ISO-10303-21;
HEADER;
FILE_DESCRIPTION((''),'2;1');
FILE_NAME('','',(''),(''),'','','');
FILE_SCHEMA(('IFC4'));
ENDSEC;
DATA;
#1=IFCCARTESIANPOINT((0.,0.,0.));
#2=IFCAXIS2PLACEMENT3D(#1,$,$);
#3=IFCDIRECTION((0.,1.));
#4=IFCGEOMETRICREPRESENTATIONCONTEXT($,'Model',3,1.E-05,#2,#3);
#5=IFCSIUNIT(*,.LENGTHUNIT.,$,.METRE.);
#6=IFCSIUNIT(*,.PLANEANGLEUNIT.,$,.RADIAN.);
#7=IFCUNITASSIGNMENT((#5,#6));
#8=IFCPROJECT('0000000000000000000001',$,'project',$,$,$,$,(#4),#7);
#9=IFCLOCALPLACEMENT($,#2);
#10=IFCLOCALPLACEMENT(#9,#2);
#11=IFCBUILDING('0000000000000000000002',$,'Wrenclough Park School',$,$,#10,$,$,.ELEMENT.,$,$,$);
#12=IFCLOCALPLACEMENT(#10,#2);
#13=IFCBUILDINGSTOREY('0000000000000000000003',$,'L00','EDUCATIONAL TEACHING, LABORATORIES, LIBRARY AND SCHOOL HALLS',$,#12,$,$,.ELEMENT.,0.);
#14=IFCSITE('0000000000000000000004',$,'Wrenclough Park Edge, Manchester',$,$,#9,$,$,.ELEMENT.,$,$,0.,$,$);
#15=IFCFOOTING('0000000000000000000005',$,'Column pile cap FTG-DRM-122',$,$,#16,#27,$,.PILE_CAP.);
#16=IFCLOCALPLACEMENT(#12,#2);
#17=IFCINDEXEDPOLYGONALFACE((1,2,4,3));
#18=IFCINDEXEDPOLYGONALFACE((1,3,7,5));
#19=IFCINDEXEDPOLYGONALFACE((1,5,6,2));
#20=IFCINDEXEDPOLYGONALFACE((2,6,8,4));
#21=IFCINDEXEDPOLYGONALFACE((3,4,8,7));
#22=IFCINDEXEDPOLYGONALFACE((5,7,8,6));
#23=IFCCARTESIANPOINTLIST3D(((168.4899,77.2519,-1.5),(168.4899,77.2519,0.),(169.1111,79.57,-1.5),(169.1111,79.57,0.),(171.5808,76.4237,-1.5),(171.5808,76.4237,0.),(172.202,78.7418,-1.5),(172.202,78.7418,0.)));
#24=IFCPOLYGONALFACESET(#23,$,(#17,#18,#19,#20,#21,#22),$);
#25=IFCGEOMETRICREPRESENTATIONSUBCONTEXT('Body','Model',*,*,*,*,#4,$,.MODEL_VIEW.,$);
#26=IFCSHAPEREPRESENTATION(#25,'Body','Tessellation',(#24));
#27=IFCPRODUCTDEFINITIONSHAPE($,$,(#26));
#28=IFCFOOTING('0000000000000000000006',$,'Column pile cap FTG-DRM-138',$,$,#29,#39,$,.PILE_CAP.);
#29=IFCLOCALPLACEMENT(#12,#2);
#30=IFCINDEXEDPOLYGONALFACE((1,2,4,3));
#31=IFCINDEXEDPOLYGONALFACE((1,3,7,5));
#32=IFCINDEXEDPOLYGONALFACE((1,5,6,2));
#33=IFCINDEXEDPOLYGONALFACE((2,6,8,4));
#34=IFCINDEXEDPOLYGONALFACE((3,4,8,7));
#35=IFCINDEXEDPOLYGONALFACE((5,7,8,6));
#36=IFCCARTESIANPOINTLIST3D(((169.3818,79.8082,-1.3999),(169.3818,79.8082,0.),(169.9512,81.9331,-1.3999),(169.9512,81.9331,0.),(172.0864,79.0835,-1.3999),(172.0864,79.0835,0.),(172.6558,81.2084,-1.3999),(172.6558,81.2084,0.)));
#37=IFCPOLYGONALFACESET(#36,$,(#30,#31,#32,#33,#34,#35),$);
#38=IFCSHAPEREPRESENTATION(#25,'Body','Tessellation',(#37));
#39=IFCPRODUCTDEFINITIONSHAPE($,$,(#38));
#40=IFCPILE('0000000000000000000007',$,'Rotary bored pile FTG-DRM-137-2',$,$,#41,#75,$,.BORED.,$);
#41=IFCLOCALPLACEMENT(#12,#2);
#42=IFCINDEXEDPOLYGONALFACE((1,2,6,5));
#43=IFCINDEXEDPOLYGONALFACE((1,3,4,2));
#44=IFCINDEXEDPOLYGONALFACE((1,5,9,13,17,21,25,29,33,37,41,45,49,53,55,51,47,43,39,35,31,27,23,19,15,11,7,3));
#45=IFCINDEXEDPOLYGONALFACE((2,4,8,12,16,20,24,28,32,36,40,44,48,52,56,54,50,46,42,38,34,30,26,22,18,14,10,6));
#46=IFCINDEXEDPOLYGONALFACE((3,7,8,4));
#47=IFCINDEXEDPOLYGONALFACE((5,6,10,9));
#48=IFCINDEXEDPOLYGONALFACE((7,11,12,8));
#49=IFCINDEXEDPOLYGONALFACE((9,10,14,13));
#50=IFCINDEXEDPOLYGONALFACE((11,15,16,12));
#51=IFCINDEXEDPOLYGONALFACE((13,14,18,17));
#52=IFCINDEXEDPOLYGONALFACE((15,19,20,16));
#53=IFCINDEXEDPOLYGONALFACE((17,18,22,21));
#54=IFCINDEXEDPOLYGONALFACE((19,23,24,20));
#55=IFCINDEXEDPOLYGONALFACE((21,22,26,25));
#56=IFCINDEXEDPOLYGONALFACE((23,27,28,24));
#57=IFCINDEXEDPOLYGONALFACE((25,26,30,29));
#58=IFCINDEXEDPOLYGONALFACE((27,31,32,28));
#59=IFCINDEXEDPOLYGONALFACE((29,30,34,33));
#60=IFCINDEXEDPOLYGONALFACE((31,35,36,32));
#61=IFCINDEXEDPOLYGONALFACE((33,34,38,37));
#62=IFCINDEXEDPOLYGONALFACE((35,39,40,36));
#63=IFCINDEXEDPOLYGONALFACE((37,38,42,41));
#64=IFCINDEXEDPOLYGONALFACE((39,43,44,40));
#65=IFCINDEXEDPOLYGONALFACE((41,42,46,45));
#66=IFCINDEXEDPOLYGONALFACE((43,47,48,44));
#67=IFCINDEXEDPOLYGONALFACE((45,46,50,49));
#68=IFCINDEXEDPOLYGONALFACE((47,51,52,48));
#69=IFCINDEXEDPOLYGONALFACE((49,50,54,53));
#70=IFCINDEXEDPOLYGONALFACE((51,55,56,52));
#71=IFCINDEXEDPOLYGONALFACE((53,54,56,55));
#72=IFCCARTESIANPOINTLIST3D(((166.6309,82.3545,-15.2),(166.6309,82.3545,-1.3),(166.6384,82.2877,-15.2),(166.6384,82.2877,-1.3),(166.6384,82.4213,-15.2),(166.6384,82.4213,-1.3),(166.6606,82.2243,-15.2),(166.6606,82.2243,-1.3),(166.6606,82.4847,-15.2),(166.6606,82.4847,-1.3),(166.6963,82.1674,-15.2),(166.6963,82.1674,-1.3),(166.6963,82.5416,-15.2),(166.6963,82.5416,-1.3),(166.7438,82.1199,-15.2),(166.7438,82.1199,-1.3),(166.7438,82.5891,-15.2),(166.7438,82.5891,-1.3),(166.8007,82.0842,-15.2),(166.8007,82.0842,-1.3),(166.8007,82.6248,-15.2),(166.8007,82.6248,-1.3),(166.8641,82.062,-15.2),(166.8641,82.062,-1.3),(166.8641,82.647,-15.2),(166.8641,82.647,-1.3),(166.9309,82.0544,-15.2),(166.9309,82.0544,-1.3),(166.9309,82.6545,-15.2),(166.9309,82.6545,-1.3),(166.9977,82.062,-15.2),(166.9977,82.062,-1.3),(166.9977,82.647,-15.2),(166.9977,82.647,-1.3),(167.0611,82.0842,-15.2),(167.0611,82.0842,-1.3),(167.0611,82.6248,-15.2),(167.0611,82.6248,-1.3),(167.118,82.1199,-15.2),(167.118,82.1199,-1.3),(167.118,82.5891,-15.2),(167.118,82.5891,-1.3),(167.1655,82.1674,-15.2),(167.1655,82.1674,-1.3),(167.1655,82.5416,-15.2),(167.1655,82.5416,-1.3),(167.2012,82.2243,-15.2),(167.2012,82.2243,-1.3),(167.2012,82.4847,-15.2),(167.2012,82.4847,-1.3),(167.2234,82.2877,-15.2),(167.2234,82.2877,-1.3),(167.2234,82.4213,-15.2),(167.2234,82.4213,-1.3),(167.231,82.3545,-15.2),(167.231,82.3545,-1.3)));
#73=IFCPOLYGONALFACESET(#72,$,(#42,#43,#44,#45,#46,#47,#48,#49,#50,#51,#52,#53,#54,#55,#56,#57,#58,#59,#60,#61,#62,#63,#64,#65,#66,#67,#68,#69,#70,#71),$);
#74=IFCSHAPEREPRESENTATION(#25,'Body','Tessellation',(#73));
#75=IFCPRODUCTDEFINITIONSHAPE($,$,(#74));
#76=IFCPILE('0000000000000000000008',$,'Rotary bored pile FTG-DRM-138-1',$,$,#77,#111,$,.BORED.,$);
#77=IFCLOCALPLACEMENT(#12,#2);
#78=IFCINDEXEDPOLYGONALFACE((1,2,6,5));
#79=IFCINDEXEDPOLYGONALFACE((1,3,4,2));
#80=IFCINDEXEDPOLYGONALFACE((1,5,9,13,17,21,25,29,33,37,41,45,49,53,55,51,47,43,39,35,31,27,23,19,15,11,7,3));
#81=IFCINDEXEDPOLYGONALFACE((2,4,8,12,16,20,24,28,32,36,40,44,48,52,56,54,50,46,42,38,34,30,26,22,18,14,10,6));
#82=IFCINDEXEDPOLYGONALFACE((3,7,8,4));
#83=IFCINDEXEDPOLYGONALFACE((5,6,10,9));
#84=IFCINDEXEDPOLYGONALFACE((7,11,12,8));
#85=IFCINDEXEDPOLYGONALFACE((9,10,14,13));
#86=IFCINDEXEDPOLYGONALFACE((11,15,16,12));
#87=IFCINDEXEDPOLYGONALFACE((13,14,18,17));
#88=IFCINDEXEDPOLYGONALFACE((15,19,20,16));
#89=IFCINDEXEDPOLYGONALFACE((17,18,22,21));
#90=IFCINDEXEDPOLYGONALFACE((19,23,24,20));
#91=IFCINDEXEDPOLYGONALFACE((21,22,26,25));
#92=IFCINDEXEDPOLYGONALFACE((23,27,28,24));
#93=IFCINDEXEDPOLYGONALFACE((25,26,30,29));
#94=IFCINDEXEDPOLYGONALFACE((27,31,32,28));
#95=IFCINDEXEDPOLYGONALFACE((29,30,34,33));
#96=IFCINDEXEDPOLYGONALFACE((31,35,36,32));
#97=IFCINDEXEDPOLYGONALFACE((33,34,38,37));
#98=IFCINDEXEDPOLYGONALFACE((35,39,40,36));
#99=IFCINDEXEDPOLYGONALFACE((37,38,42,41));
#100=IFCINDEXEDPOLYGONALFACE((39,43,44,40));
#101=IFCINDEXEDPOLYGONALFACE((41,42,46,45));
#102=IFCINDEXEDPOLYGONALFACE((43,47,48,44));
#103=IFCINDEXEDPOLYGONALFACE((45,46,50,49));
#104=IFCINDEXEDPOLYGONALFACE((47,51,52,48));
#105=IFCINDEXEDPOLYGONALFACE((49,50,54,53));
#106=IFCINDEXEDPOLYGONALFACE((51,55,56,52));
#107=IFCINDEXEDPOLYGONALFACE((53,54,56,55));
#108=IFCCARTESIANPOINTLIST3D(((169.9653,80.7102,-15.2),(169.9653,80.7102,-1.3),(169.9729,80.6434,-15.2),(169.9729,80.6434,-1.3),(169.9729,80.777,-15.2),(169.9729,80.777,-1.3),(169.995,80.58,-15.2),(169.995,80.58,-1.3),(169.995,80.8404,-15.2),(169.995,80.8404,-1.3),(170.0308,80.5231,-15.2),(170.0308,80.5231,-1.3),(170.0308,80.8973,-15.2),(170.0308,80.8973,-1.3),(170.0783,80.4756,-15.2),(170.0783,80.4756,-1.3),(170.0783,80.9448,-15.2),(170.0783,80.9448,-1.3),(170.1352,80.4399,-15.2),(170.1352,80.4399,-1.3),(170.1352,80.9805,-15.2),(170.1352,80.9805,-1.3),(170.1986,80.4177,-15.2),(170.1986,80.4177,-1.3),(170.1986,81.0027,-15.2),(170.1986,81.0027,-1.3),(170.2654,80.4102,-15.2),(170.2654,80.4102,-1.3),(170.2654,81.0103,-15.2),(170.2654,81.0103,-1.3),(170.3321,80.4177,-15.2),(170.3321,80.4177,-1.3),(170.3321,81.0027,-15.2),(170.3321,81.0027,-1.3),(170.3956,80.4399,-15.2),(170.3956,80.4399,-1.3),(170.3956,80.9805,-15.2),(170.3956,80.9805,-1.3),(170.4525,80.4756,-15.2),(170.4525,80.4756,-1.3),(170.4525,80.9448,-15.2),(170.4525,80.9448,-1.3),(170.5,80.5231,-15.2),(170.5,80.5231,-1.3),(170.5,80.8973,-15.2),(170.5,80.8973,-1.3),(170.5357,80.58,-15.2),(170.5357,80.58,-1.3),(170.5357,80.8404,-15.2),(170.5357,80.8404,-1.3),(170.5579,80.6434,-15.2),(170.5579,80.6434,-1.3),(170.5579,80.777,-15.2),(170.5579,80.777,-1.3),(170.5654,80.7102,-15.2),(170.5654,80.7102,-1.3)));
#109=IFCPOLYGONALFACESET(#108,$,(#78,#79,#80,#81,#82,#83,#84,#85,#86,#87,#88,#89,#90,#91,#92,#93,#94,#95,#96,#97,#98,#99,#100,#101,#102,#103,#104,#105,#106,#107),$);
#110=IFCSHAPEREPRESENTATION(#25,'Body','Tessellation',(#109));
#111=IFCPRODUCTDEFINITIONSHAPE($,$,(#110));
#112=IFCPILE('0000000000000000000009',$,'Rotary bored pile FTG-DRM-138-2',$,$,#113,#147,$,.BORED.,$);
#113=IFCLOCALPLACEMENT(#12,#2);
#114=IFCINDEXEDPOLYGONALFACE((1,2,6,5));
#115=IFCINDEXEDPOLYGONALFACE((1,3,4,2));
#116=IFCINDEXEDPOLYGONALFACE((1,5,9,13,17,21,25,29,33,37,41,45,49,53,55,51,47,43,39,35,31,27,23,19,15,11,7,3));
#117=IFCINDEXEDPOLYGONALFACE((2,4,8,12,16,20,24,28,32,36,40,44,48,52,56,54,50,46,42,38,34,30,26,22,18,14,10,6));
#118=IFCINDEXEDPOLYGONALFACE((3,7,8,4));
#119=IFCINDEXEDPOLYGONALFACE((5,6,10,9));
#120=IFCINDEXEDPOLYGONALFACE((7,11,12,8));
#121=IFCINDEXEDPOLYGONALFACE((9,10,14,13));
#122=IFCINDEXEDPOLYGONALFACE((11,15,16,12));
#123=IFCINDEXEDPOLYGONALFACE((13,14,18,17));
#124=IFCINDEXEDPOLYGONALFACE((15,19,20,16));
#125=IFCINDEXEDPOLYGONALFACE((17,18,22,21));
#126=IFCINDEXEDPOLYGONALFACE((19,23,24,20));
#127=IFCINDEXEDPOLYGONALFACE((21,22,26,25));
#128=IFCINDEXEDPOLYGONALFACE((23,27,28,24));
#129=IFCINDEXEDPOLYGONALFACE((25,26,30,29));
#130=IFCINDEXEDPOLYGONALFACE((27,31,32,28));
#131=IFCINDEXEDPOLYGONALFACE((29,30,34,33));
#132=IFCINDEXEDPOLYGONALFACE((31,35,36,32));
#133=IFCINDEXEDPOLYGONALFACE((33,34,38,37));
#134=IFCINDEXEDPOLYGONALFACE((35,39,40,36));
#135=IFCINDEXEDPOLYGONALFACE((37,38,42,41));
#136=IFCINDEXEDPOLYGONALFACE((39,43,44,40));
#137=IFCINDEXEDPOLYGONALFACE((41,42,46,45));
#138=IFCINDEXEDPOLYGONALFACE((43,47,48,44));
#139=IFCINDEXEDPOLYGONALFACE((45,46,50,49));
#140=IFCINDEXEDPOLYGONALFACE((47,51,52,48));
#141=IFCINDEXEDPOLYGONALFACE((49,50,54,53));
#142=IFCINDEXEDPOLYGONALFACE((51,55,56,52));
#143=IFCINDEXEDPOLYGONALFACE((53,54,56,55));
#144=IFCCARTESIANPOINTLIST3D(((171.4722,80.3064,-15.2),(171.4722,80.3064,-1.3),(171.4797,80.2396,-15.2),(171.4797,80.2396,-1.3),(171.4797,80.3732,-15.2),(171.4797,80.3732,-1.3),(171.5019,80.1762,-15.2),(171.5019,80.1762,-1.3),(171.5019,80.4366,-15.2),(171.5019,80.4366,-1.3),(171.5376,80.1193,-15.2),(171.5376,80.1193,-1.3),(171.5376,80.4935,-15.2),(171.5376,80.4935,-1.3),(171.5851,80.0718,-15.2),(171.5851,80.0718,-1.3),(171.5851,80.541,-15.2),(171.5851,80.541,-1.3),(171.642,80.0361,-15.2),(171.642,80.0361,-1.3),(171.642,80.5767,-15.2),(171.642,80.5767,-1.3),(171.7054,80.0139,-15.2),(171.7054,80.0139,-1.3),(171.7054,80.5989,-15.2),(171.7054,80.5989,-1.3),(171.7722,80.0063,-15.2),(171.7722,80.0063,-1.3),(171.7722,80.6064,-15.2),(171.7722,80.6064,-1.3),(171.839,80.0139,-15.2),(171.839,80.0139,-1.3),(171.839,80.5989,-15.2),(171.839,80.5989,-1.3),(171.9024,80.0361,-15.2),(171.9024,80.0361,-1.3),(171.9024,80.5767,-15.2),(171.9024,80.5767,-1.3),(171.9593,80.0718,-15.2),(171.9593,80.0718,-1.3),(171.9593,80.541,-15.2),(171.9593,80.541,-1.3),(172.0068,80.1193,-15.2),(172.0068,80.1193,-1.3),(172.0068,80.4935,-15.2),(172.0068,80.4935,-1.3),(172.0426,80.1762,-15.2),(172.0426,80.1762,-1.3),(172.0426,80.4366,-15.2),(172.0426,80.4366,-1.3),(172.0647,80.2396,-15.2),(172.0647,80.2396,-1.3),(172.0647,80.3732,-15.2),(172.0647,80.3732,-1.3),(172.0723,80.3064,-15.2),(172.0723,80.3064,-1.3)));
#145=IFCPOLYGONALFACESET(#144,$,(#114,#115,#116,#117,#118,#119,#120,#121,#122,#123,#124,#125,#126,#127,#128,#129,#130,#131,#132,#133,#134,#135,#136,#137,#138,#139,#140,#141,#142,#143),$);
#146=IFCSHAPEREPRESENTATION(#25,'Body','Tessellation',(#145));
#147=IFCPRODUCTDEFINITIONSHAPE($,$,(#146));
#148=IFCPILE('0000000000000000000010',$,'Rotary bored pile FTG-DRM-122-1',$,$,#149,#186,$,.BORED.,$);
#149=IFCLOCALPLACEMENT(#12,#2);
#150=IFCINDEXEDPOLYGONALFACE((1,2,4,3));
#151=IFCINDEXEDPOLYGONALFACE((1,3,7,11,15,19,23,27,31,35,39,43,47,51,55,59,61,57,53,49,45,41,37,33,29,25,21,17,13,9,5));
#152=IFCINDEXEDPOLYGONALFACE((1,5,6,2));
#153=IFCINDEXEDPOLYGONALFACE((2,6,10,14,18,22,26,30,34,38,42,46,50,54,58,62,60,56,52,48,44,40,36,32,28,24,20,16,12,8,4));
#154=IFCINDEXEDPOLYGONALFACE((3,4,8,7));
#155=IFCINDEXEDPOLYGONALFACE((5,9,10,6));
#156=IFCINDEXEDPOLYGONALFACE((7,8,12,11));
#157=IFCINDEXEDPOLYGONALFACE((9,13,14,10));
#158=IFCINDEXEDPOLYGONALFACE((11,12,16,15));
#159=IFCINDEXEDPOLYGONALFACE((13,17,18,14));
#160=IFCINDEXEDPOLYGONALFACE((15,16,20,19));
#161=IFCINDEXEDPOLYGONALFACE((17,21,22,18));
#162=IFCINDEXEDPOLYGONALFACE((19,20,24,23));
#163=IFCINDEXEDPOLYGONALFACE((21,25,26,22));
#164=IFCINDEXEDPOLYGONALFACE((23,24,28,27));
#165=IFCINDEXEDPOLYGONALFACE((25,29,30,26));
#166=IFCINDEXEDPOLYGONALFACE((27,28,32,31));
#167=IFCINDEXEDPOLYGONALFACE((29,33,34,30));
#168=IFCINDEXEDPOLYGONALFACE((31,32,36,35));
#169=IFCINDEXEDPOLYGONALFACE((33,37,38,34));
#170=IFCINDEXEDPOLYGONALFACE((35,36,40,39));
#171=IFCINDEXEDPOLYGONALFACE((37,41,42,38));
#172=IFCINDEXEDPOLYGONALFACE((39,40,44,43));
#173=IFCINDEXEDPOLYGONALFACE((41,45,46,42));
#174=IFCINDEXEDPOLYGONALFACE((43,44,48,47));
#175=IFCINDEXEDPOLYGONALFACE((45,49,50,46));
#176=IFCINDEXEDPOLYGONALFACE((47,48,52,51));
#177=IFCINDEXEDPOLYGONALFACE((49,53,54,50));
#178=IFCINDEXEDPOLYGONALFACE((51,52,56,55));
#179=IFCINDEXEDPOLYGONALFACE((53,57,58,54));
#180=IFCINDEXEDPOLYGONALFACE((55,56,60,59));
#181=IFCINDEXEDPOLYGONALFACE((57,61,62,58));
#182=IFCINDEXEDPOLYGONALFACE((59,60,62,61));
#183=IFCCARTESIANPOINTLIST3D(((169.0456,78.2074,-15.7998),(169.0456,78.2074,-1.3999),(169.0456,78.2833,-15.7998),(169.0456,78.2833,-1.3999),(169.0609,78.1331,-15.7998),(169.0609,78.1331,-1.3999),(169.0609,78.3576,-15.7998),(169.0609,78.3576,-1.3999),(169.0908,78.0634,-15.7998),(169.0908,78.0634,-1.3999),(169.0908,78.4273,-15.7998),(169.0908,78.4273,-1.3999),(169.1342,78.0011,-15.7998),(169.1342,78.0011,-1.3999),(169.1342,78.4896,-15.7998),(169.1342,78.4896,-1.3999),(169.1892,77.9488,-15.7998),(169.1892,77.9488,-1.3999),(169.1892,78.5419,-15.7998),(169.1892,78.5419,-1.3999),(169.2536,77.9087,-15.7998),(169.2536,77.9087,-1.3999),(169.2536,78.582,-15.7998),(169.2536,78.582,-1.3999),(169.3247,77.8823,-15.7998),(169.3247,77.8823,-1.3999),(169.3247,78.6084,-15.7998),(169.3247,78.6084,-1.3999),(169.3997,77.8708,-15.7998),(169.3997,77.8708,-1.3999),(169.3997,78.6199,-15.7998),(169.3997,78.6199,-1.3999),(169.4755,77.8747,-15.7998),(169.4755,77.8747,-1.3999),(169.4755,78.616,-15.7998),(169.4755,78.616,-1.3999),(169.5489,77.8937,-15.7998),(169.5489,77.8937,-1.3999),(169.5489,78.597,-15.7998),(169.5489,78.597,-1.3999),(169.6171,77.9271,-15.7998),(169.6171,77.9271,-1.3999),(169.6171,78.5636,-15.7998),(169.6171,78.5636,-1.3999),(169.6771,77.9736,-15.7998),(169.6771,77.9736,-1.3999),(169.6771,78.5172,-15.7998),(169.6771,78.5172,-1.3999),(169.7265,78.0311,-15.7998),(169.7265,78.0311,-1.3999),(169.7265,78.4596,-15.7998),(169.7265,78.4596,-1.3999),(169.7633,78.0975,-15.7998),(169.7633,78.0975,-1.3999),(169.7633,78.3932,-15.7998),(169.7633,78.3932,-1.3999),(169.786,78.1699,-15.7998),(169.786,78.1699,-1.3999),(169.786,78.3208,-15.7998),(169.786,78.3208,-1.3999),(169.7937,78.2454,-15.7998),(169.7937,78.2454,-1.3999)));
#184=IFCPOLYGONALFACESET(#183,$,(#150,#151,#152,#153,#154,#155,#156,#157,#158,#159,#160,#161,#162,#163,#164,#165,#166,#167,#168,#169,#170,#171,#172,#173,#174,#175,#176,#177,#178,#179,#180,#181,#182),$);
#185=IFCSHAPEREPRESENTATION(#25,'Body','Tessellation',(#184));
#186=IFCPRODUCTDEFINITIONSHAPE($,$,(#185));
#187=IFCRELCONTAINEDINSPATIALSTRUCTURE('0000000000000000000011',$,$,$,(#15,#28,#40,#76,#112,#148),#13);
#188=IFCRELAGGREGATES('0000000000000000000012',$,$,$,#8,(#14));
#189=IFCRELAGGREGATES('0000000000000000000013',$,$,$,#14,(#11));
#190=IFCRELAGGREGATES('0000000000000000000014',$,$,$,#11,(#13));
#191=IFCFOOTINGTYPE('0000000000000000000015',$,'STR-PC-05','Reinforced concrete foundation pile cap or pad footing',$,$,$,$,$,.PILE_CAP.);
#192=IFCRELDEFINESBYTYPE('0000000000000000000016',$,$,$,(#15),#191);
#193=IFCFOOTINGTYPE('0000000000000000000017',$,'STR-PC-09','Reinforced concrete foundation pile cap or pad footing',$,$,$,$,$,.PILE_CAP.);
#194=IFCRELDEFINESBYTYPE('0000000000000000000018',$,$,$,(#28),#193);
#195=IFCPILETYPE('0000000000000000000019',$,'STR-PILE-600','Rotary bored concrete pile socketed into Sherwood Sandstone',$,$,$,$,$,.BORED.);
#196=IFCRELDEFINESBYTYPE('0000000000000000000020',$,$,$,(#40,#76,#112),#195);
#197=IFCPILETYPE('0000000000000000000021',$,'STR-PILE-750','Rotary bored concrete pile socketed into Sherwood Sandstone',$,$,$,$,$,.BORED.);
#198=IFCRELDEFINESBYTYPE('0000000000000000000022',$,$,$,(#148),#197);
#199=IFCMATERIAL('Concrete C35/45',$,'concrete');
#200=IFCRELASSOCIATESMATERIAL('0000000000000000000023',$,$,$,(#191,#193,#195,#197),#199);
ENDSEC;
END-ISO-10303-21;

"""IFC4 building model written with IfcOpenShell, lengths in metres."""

from ifc_helpers import new_model, si_unit, direction, frame, origin, origin_2d, place, context, subcontext, project, spatial, rectangle, circle, extrude, material, material_profile, profile_set, type_object, element, save


model = new_model("IFC4")

# Units and contexts
model_context = context("Model", 3, precision=1e-05, world=origin(), true_north=direction((0.0, 1.0)))
body_context = subcontext(model_context, "Body", "Model", "MODEL_VIEW")
ifc_project = project(units=[si_unit("LENGTHUNIT", "METRE"), si_unit("PLANEANGLEUNIT", "RADIAN")], contexts=[model_context])

# Site, building, storey
site_placement = place(None, origin())
site = spatial("IfcSite", under=ifc_project, at=site_placement, Name="Wrenclough Park Edge, Manchester", CompositionType="ELEMENT", RefElevation=0.0)
building_placement = place(site_placement, origin())
building = spatial("IfcBuilding", under=site, at=building_placement, Name="Wrenclough Park School", CompositionType="ELEMENT")
storey_placement = place(building_placement, origin())
storey = spatial("IfcBuildingStorey", under=building, at=storey_placement, Name="L00", Description="EDUCATIONAL TEACHING, LABORATORIES, LIBRARY AND SCHOOL HALLS", CompositionType="ELEMENT", Elevation=0.0)

# Footings
ifc_material_1 = material(Name="Concrete C35/45", Category="concrete")
footing_type_1 = type_object("IfcFootingType", Name="STR-PC-05", Description="Reinforced concrete foundation pile cap or pad footing", PredefinedType="PILE_CAP", material=ifc_material_1)
footing_1_placement = place(storey_placement, frame((170.3459, 77.9968, -1.5), z_axis=(0.0, 0.0, 1.0), x_axis=(0.965926, -0.258819, 0.0)))
element("IfcFooting", 1, at=footing_1_placement, inside=storey, type_object=footing_type_1, Name="Column pile cap FTG-DRM-122", PredefinedType="PILE_CAP", context=body_context, shape_type="SweptSolid", body=[
    extrude(rectangle(XDim=3.2, YDim=2.3999, at=origin_2d()), origin(), (0.0, 0.0, 1.0), 1.5),
])
footing_type_2 = type_object("IfcFootingType", Name="STR-PC-09", Description="Reinforced concrete foundation pile cap or pad footing", PredefinedType="PILE_CAP", material=ifc_material_1)
footing_2_placement = place(storey_placement, frame((171.0188, 80.5083, -1.3999), z_axis=(0.0, 0.0, 1.0), x_axis=(0.965926, -0.258819, 0.0)))
element("IfcFooting", 2, at=footing_2_placement, inside=storey, type_object=footing_type_2, Name="Column pile cap FTG-DRM-138", PredefinedType="PILE_CAP", context=body_context, shape_type="SweptSolid", body=[
    extrude(rectangle(XDim=2.8, YDim=2.2, at=origin_2d()), origin(), (0.0, 0.0, 1.0), 1.3999),
])

# Piles
ifc_material_profile_1 = material_profile(ifc_material_1, circle(Radius=0.3, at=origin_2d()), Name="BORED PILE D600")
ifc_profile_set_1 = profile_set([ifc_material_profile_1], Name="Concrete C35/45")
pile_type_1 = type_object("IfcPileType", Name="STR-PILE-600", Description="Rotary bored concrete pile socketed into Sherwood Sandstone", PredefinedType="BORED", material=ifc_profile_set_1)
for number, where, z_axis, x_axis, name in (
    (3, (166.9309, 82.3545, -1.3), (0.0, 0.0, -1.0), (1.0, 0.0, 0.0), "Rotary bored pile FTG-DRM-137-2"),
    (4, (170.2654, 80.7102, -1.3), (0.0, 0.0, -1.0), (1.0, 0.0, 0.0), "Rotary bored pile FTG-DRM-138-1"),
    (5, (171.7722, 80.3064, -1.3), (0.0, 0.0, -1.0), (1.0, 0.0, 0.0), "Rotary bored pile FTG-DRM-138-2"),
):
    element("IfcPile", number, at=place(storey_placement, frame(where, z_axis=z_axis, x_axis=x_axis)), inside=storey, type_object=pile_type_1, Name=name, PredefinedType="BORED", context=body_context, shape_type="SweptSolid", body=[
        extrude(circle(Radius=0.3, at=origin_2d()), origin(), (0.0, 0.0, 1.0), 13.8999),
    ])
ifc_material_profile_2 = material_profile(ifc_material_1, circle(Radius=0.375, at=origin_2d()), Name="BORED PILE D750")
ifc_profile_set_2 = profile_set([ifc_material_profile_2], Name="Concrete C35/45")
pile_type_2 = type_object("IfcPileType", Name="STR-PILE-750", Description="Rotary bored concrete pile socketed into Sherwood Sandstone", PredefinedType="BORED", material=ifc_profile_set_2)
for number, where, z_axis, x_axis, name in (
    (6, (169.4187, 78.2454, -1.3999), (0.0, 0.0, -1.0), (1.0, 0.0, 0.0), "Rotary bored pile FTG-DRM-122-1"),
):
    element("IfcPile", number, at=place(storey_placement, frame(where, z_axis=z_axis, x_axis=x_axis)), inside=storey, type_object=pile_type_2, Name=name, PredefinedType="BORED", context=body_context, shape_type="SweptSolid", body=[
        extrude(circle(Radius=0.375, at=origin_2d()), origin(), (0.0, 0.0, 1.0), 14.3999),
    ])

save(model, "model.ifc")
